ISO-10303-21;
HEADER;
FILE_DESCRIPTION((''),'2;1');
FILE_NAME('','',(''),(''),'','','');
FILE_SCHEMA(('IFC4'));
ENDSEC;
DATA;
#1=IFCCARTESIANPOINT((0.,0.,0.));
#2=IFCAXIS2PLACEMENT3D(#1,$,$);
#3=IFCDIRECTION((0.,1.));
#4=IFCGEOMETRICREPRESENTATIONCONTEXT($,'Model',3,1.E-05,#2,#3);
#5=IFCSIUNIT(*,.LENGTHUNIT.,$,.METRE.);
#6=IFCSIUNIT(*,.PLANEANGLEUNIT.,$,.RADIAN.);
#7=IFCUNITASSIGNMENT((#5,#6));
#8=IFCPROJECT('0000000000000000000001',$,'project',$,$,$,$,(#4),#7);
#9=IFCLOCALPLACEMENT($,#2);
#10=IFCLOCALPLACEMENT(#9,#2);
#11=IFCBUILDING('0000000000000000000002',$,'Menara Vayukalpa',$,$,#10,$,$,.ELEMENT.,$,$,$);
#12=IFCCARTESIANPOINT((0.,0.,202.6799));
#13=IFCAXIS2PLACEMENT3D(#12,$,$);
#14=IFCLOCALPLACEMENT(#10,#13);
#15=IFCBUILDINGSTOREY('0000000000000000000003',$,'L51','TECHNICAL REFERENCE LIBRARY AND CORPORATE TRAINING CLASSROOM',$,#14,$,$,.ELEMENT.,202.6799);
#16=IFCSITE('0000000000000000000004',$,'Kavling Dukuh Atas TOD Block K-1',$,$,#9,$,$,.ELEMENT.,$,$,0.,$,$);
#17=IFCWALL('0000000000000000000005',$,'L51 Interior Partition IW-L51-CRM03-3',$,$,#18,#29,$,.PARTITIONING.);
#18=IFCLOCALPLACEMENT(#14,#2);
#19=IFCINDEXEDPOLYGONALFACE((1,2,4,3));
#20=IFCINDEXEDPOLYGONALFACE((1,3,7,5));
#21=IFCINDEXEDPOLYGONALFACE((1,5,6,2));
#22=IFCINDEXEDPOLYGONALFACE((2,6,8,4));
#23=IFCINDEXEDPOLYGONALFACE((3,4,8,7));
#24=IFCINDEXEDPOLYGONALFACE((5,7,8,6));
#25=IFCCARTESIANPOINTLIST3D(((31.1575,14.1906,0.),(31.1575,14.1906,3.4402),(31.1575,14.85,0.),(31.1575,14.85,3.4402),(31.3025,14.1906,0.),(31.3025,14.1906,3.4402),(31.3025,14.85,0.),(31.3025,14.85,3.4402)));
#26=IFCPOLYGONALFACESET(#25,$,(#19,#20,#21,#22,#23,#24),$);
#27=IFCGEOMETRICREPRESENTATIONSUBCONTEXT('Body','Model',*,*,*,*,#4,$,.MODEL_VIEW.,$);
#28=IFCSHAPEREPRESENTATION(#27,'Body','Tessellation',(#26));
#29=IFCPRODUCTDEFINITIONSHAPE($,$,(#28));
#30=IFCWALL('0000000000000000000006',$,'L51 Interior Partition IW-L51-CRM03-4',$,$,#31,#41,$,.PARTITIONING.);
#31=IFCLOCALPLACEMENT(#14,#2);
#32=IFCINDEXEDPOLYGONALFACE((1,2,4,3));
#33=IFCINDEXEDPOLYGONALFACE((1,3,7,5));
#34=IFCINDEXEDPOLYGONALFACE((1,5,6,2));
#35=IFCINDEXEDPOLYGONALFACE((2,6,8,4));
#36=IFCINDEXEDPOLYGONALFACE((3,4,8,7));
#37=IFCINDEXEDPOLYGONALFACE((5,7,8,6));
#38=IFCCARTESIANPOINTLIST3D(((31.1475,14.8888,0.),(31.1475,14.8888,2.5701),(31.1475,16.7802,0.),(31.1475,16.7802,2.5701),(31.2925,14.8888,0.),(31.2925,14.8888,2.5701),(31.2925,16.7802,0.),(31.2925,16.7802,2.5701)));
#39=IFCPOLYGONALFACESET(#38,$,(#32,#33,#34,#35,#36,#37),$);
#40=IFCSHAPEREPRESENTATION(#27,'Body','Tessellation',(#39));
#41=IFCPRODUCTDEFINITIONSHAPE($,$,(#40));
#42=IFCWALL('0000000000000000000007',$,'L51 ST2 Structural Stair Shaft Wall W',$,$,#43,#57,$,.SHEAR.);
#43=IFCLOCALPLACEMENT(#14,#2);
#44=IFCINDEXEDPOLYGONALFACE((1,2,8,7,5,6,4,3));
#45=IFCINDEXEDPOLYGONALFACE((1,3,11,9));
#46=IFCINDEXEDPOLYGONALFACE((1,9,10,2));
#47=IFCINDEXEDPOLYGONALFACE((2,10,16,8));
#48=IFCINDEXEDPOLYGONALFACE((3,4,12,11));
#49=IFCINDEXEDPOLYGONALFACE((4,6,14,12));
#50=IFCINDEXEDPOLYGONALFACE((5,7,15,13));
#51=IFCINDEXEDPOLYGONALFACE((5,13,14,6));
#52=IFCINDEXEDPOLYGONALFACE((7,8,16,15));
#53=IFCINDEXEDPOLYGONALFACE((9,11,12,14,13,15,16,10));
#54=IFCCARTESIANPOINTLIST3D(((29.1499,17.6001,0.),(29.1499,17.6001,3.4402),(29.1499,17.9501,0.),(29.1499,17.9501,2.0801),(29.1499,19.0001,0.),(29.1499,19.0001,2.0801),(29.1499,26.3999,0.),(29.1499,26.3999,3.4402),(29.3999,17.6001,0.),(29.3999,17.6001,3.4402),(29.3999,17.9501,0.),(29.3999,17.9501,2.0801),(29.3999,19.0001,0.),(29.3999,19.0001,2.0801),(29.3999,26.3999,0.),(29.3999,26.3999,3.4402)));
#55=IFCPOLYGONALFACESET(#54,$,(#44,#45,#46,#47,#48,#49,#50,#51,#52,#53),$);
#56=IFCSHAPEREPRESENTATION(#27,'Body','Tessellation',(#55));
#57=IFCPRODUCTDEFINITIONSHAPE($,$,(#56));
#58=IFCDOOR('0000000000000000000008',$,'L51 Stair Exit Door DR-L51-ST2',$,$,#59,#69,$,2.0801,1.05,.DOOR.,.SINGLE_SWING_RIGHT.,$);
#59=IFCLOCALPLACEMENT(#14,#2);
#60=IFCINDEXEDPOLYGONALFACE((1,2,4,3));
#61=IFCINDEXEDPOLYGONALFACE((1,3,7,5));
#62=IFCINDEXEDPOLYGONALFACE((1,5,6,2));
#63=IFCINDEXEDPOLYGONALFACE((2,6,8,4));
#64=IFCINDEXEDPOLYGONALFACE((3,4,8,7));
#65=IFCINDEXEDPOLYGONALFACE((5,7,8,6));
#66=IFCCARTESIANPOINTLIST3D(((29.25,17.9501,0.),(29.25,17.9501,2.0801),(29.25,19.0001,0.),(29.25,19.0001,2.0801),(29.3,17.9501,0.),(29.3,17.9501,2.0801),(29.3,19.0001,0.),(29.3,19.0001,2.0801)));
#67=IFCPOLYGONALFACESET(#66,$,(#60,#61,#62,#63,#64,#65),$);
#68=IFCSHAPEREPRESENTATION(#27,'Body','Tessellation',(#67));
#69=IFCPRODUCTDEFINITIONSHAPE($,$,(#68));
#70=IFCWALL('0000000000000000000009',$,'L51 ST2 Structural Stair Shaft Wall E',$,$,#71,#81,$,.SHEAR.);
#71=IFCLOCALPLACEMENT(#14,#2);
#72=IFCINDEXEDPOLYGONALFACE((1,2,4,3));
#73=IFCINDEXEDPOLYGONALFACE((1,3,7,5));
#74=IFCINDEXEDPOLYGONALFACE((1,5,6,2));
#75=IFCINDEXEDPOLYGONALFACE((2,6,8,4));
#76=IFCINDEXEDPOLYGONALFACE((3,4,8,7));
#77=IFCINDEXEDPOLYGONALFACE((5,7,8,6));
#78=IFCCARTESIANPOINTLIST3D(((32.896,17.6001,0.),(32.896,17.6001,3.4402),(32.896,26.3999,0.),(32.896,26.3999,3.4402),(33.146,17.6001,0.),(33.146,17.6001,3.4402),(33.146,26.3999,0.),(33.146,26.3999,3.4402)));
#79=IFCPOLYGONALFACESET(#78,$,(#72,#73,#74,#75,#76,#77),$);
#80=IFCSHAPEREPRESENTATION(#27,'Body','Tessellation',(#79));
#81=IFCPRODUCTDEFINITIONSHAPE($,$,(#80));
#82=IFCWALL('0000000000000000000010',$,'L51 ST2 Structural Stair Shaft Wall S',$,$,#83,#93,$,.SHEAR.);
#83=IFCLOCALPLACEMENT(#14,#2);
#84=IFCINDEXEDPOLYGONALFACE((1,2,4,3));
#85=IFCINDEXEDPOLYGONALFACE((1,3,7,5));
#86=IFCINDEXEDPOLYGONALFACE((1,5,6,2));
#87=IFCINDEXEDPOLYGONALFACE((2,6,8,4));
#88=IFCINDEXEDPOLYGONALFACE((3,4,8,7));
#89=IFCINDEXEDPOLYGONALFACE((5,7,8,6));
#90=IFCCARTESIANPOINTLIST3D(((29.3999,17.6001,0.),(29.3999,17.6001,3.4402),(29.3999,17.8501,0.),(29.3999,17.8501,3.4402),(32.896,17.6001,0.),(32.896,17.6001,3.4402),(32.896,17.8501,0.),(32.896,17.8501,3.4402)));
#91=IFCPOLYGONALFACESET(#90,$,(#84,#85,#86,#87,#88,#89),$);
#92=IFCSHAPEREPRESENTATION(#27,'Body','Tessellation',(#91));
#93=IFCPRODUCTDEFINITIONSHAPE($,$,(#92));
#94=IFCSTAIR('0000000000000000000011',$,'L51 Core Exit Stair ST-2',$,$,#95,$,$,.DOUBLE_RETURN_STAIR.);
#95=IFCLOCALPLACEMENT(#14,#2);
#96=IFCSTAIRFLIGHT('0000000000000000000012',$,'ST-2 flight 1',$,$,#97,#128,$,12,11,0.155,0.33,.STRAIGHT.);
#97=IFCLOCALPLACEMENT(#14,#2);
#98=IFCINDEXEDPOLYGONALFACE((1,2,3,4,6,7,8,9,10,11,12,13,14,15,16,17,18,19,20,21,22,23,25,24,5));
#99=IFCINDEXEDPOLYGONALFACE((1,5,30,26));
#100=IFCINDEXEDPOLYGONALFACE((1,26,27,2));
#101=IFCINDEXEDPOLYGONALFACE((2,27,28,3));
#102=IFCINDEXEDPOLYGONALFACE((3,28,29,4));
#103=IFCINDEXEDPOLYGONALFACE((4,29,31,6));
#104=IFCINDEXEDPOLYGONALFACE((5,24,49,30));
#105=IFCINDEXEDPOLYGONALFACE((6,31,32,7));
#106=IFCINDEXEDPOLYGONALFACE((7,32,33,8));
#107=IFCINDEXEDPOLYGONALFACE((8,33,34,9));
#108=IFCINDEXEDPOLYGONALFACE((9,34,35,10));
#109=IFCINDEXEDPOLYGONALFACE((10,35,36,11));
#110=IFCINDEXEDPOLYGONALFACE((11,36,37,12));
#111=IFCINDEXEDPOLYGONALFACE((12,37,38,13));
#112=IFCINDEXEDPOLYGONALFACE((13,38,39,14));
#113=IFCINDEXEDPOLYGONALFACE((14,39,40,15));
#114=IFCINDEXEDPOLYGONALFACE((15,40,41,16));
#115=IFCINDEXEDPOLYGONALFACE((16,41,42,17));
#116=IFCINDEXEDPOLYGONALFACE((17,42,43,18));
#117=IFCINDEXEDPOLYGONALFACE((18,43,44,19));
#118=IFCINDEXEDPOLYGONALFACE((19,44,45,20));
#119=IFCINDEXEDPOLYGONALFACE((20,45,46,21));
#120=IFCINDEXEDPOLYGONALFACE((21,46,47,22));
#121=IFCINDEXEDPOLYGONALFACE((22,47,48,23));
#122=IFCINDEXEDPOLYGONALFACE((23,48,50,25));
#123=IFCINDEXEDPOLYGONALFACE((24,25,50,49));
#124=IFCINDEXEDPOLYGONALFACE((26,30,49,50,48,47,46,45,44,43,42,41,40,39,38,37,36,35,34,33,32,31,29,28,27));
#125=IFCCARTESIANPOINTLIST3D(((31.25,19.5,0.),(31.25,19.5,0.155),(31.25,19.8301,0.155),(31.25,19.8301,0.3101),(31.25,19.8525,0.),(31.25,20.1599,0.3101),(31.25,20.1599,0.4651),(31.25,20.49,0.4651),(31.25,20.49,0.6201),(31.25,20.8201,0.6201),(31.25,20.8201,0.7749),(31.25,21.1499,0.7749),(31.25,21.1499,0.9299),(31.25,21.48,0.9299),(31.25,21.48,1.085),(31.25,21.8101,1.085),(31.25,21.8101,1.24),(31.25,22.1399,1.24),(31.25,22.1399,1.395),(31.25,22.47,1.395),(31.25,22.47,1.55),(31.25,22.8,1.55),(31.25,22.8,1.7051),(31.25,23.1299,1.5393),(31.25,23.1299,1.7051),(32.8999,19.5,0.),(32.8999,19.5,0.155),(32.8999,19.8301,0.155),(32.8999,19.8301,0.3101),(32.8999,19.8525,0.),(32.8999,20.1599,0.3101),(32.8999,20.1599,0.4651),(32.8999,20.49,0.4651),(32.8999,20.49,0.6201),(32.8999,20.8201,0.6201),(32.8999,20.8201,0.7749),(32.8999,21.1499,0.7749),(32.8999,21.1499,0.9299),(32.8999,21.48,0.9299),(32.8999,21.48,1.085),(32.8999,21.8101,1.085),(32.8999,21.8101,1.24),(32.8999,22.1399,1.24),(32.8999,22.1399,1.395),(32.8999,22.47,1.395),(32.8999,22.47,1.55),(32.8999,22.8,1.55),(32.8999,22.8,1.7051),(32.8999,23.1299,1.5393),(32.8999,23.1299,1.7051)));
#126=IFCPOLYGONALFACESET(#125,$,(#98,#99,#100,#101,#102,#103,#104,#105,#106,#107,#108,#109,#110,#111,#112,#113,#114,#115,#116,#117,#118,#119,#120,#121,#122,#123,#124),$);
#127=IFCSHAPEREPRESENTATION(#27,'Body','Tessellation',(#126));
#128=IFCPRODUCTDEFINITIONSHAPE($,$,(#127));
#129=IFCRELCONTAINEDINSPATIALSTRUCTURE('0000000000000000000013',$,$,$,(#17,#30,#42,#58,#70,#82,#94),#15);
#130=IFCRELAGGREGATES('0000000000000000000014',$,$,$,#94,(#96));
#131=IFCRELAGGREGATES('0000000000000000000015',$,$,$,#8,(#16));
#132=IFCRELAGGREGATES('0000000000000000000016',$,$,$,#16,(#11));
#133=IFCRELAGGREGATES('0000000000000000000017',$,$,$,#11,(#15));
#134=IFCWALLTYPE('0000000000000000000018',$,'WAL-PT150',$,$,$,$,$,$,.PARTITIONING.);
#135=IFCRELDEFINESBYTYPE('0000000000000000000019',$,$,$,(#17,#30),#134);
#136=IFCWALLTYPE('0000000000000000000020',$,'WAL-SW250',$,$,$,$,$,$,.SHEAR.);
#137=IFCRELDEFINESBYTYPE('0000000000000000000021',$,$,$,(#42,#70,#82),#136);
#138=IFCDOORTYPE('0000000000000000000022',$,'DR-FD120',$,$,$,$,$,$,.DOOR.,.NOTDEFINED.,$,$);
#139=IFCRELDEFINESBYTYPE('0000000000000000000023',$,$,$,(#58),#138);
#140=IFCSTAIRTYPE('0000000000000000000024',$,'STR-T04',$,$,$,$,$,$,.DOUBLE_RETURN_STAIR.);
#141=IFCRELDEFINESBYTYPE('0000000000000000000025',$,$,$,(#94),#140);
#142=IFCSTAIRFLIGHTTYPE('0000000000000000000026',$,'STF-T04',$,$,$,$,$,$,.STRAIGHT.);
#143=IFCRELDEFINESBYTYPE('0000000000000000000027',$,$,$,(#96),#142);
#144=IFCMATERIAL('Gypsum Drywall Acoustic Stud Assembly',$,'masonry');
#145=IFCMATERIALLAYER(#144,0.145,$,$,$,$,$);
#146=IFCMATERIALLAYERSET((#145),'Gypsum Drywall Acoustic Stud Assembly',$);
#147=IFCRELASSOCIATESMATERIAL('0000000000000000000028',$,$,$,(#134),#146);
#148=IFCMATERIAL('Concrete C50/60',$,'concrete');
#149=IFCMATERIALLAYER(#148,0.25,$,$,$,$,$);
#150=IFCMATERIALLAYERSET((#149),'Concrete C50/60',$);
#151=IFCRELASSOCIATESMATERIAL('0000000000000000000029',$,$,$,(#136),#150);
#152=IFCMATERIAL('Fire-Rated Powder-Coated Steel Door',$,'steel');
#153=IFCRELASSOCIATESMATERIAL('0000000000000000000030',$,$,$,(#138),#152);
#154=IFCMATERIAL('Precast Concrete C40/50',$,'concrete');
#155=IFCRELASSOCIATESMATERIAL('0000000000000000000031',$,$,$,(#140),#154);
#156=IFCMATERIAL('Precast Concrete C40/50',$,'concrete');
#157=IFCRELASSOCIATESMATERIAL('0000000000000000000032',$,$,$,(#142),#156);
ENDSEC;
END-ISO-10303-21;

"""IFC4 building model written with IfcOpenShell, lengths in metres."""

from ifc_helpers import new_model, si_unit, direction, frame, frame_2d, origin, place, context, subcontext, project, spatial, polyline, rectangle, outline, extrude, material, layer, layer_set, type_object, element, fill, aggregate, save


model = new_model("IFC4")

# Units and contexts
model_context = context("Model", 3, precision=1e-05, world=origin(), true_north=direction((0.0, 1.0)))
body_context = subcontext(model_context, "Body", "Model", "MODEL_VIEW")
ifc_project = project(units=[si_unit("LENGTHUNIT", "METRE"), si_unit("PLANEANGLEUNIT", "RADIAN")], contexts=[model_context])

# Site, building, storey
site_placement = place(None, origin())
site = spatial("IfcSite", under=ifc_project, at=site_placement, Name="Kavling Dukuh Atas TOD Block K-1", CompositionType="ELEMENT", RefElevation=0.0)
building_placement = place(site_placement, origin())
building = spatial("IfcBuilding", under=site, at=building_placement, Name="Menara Vayukalpa", CompositionType="ELEMENT")
storey_placement = place(building_placement, frame((0.0, 0.0, 202.6799)))
storey = spatial("IfcBuildingStorey", under=building, at=storey_placement, Name="L51", Description="TECHNICAL REFERENCE LIBRARY AND CORPORATE TRAINING CLASSROOM", CompositionType="ELEMENT", Elevation=202.6799)

# Walls
ifc_material_1 = material(Name="Gypsum Drywall Acoustic Stud Assembly", Category="masonry")
ifc_layer_1 = layer(ifc_material_1, 0.145)
ifc_layer_set_1 = layer_set([ifc_layer_1], Name="Gypsum Drywall Acoustic Stud Assembly")
wall_type_1 = type_object("IfcWallType", Name="WAL-PT150", PredefinedType="PARTITIONING", material=ifc_layer_set_1)
wall_1_placement = place(storey_placement, frame((31.23, 14.1907, 0.0), z_axis=(0.0, 0.0, 1.0), x_axis=(0.0, 1.0, 0.0)))
element("IfcWall", 1, at=wall_1_placement, inside=storey, type_object=wall_type_1, Name="L51 Interior Partition IW-L51-CRM03-3", PredefinedType="PARTITIONING", context=body_context, shape_type="SweptSolid", body=[
    extrude(rectangle(XDim=0.6594, YDim=0.145, at=frame_2d((0.3296, 0.0))), origin(), (0.0, 0.0, 1.0), 3.4402),
])
wall_2_placement = place(storey_placement, frame((31.22, 14.8887, 0.0), z_axis=(0.0, 0.0, 1.0), x_axis=(0.0, 1.0, 0.0)))
element("IfcWall", 2, at=wall_2_placement, inside=storey, type_object=wall_type_1, Name="L51 Interior Partition IW-L51-CRM03-4", PredefinedType="PARTITIONING", context=body_context, shape_type="SweptSolid", body=[
    extrude(rectangle(XDim=1.8914, YDim=0.145, at=frame_2d((0.9458, 0.0))), origin(), (0.0, 0.0, 1.0), 2.5701),
])

# Wall, opening, door
ifc_material_2 = material(Name="Concrete C50/60", Category="concrete")
ifc_layer_2 = layer(ifc_material_2, 0.25)
ifc_layer_set_2 = layer_set([ifc_layer_2], Name="Concrete C50/60")
wall_type_2 = type_object("IfcWallType", Name="WAL-SW250", PredefinedType="SHEAR", material=ifc_layer_set_2)
wall_3_placement = place(storey_placement, frame((29.2749, 17.6001, 0.0), z_axis=(0.0, 0.0, 1.0), x_axis=(0.0, 1.0, 0.0)))
wall_3 = element("IfcWall", 3, at=wall_3_placement, inside=storey, type_object=wall_type_2, Name="L51 ST2 Structural Stair Shaft Wall W", PredefinedType="SHEAR", context=body_context, shape_type="SweptSolid", body=[
    extrude(rectangle(XDim=8.7998, YDim=0.25, at=frame_2d((4.3999, 0.0))), origin(), (0.0, 0.0, 1.0), 3.4402),
])
opening_placement = place(wall_3_placement, frame((0.3501, 0.0, 0.0)))
opening = element("IfcOpeningElement", 4, at=opening_placement, cuts=wall_3, PredefinedType="OPENING", context=body_context, shape_type="SweptSolid", body=[
    extrude(rectangle(XDim=1.05, YDim=2.0801, at=frame_2d((0.5249, 1.04))), frame((0.0, 0.135, 0.0), z_axis=(0.0, -1.0, 0.0), x_axis=(1.0, 0.0, 0.0)), (0.0, 0.0, 1.0), 0.27),
])
ifc_material_3 = material(Name="Fire-Rated Powder-Coated Steel Door", Category="steel")
door_type = type_object("IfcDoorType", Name="DR-FD120", OperationType="NOTDEFINED", PredefinedType="DOOR", material=ifc_material_3)
door_placement = place(opening_placement, origin())
door = element("IfcDoor", 5, at=door_placement, inside=storey, type_object=door_type, Name="L51 Stair Exit Door DR-L51-ST2", OperationType="SINGLE_SWING_RIGHT", OverallHeight=2.0801, OverallWidth=1.05, PredefinedType="DOOR", context=body_context, shape_type="SweptSolid", body=[
    extrude(rectangle(XDim=1.05, YDim=2.0801, at=frame_2d((0.5249, 1.04))), frame((0.0, 0.0249, 0.0), z_axis=(0.0, -1.0, 0.0), x_axis=(1.0, 0.0, 0.0)), (0.0, 0.0, 1.0), 0.05),
])
fill(opening, door)

# Walls
wall_4_placement = place(storey_placement, frame((33.021, 17.6001, 0.0), z_axis=(0.0, 0.0, 1.0), x_axis=(0.0, 1.0, 0.0)))
element("IfcWall", 6, at=wall_4_placement, inside=storey, type_object=wall_type_2, Name="L51 ST2 Structural Stair Shaft Wall E", PredefinedType="SHEAR", context=body_context, shape_type="SweptSolid", body=[
    extrude(rectangle(XDim=8.7998, YDim=0.25, at=frame_2d((4.3999, 0.0))), origin(), (0.0, 0.0, 1.0), 3.4402),
])
wall_5_placement = place(storey_placement, frame((29.3999, 17.7251, 0.0), z_axis=(0.0, 0.0, 1.0), x_axis=(1.0, 0.0, 0.0)))
element("IfcWall", 7, at=wall_5_placement, inside=storey, type_object=wall_type_2, Name="L51 ST2 Structural Stair Shaft Wall S", PredefinedType="SHEAR", context=body_context, shape_type="SweptSolid", body=[
    extrude(rectangle(XDim=3.4961, YDim=0.25, at=frame_2d((1.748, 0.0))), origin(), (0.0, 0.0, 1.0), 3.4402),
])

# Stair, stair flight
ifc_material_4 = material(Name="Precast Concrete C40/50", Category="concrete")
stair_type = type_object("IfcStairType", Name="STR-T04", PredefinedType="DOUBLE_RETURN_STAIR", material=ifc_material_4)
stair_placement = place(storey_placement, origin())
stair = element("IfcStair", 8, at=stair_placement, inside=storey, type_object=stair_type, Name="L51 Core Exit Stair ST-2", PredefinedType="DOUBLE_RETURN_STAIR")
ifc_material_5 = material(Name="Precast Concrete C40/50", Category="concrete")
stair_flight_type = type_object("IfcStairFlightType", Name="STF-T04", PredefinedType="STRAIGHT", material=ifc_material_5)
stair_flight_placement = place(storey_placement, frame((32.075, 19.5, 0.0), z_axis=(0.0, 0.0, 1.0), x_axis=(0.0, 1.0, 0.0)))
stair_flight = element("IfcStairFlight", 9, at=stair_flight_placement, type_object=stair_flight_type, Name="ST-2 flight 1", NumberOfRisers=12, NumberOfTreads=11, PredefinedType="STRAIGHT", RiserHeight=0.155, TreadLength=0.33, context=body_context, shape_type="SweptSolid", body=[
    extrude(outline(polyline([(0.0, 0.0), (0.0, 0.155), (0.3301, 0.155), (0.3301, 0.3101), (0.6599, 0.3101), (0.6599, 0.4651), (0.99, 0.4651), (0.99, 0.6201), (1.3201, 0.6201), (1.3201, 0.7749), (1.6499, 0.7749), (1.6499, 0.9299), (1.98, 0.9299), (1.98, 1.085), (2.3101, 1.085), (2.3101, 1.24), (2.6399, 1.24), (2.6399, 1.395), (2.97, 1.395), (2.97, 1.55), (3.3, 1.55), (3.3, 1.7051), (3.6299, 1.7051), (3.6299, 1.8601), (3.6299, 1.5393), (0.3525, 0.0), (0.0, 0.0)])), frame((0.0, 0.825, 0.0), z_axis=(0.0, -1.0, 0.0), x_axis=(1.0, 0.0, 0.0)), (0.0, 0.0, 1.0), 1.6499),
])
aggregate(stair, [stair_flight])

save(model, "model.ifc")
